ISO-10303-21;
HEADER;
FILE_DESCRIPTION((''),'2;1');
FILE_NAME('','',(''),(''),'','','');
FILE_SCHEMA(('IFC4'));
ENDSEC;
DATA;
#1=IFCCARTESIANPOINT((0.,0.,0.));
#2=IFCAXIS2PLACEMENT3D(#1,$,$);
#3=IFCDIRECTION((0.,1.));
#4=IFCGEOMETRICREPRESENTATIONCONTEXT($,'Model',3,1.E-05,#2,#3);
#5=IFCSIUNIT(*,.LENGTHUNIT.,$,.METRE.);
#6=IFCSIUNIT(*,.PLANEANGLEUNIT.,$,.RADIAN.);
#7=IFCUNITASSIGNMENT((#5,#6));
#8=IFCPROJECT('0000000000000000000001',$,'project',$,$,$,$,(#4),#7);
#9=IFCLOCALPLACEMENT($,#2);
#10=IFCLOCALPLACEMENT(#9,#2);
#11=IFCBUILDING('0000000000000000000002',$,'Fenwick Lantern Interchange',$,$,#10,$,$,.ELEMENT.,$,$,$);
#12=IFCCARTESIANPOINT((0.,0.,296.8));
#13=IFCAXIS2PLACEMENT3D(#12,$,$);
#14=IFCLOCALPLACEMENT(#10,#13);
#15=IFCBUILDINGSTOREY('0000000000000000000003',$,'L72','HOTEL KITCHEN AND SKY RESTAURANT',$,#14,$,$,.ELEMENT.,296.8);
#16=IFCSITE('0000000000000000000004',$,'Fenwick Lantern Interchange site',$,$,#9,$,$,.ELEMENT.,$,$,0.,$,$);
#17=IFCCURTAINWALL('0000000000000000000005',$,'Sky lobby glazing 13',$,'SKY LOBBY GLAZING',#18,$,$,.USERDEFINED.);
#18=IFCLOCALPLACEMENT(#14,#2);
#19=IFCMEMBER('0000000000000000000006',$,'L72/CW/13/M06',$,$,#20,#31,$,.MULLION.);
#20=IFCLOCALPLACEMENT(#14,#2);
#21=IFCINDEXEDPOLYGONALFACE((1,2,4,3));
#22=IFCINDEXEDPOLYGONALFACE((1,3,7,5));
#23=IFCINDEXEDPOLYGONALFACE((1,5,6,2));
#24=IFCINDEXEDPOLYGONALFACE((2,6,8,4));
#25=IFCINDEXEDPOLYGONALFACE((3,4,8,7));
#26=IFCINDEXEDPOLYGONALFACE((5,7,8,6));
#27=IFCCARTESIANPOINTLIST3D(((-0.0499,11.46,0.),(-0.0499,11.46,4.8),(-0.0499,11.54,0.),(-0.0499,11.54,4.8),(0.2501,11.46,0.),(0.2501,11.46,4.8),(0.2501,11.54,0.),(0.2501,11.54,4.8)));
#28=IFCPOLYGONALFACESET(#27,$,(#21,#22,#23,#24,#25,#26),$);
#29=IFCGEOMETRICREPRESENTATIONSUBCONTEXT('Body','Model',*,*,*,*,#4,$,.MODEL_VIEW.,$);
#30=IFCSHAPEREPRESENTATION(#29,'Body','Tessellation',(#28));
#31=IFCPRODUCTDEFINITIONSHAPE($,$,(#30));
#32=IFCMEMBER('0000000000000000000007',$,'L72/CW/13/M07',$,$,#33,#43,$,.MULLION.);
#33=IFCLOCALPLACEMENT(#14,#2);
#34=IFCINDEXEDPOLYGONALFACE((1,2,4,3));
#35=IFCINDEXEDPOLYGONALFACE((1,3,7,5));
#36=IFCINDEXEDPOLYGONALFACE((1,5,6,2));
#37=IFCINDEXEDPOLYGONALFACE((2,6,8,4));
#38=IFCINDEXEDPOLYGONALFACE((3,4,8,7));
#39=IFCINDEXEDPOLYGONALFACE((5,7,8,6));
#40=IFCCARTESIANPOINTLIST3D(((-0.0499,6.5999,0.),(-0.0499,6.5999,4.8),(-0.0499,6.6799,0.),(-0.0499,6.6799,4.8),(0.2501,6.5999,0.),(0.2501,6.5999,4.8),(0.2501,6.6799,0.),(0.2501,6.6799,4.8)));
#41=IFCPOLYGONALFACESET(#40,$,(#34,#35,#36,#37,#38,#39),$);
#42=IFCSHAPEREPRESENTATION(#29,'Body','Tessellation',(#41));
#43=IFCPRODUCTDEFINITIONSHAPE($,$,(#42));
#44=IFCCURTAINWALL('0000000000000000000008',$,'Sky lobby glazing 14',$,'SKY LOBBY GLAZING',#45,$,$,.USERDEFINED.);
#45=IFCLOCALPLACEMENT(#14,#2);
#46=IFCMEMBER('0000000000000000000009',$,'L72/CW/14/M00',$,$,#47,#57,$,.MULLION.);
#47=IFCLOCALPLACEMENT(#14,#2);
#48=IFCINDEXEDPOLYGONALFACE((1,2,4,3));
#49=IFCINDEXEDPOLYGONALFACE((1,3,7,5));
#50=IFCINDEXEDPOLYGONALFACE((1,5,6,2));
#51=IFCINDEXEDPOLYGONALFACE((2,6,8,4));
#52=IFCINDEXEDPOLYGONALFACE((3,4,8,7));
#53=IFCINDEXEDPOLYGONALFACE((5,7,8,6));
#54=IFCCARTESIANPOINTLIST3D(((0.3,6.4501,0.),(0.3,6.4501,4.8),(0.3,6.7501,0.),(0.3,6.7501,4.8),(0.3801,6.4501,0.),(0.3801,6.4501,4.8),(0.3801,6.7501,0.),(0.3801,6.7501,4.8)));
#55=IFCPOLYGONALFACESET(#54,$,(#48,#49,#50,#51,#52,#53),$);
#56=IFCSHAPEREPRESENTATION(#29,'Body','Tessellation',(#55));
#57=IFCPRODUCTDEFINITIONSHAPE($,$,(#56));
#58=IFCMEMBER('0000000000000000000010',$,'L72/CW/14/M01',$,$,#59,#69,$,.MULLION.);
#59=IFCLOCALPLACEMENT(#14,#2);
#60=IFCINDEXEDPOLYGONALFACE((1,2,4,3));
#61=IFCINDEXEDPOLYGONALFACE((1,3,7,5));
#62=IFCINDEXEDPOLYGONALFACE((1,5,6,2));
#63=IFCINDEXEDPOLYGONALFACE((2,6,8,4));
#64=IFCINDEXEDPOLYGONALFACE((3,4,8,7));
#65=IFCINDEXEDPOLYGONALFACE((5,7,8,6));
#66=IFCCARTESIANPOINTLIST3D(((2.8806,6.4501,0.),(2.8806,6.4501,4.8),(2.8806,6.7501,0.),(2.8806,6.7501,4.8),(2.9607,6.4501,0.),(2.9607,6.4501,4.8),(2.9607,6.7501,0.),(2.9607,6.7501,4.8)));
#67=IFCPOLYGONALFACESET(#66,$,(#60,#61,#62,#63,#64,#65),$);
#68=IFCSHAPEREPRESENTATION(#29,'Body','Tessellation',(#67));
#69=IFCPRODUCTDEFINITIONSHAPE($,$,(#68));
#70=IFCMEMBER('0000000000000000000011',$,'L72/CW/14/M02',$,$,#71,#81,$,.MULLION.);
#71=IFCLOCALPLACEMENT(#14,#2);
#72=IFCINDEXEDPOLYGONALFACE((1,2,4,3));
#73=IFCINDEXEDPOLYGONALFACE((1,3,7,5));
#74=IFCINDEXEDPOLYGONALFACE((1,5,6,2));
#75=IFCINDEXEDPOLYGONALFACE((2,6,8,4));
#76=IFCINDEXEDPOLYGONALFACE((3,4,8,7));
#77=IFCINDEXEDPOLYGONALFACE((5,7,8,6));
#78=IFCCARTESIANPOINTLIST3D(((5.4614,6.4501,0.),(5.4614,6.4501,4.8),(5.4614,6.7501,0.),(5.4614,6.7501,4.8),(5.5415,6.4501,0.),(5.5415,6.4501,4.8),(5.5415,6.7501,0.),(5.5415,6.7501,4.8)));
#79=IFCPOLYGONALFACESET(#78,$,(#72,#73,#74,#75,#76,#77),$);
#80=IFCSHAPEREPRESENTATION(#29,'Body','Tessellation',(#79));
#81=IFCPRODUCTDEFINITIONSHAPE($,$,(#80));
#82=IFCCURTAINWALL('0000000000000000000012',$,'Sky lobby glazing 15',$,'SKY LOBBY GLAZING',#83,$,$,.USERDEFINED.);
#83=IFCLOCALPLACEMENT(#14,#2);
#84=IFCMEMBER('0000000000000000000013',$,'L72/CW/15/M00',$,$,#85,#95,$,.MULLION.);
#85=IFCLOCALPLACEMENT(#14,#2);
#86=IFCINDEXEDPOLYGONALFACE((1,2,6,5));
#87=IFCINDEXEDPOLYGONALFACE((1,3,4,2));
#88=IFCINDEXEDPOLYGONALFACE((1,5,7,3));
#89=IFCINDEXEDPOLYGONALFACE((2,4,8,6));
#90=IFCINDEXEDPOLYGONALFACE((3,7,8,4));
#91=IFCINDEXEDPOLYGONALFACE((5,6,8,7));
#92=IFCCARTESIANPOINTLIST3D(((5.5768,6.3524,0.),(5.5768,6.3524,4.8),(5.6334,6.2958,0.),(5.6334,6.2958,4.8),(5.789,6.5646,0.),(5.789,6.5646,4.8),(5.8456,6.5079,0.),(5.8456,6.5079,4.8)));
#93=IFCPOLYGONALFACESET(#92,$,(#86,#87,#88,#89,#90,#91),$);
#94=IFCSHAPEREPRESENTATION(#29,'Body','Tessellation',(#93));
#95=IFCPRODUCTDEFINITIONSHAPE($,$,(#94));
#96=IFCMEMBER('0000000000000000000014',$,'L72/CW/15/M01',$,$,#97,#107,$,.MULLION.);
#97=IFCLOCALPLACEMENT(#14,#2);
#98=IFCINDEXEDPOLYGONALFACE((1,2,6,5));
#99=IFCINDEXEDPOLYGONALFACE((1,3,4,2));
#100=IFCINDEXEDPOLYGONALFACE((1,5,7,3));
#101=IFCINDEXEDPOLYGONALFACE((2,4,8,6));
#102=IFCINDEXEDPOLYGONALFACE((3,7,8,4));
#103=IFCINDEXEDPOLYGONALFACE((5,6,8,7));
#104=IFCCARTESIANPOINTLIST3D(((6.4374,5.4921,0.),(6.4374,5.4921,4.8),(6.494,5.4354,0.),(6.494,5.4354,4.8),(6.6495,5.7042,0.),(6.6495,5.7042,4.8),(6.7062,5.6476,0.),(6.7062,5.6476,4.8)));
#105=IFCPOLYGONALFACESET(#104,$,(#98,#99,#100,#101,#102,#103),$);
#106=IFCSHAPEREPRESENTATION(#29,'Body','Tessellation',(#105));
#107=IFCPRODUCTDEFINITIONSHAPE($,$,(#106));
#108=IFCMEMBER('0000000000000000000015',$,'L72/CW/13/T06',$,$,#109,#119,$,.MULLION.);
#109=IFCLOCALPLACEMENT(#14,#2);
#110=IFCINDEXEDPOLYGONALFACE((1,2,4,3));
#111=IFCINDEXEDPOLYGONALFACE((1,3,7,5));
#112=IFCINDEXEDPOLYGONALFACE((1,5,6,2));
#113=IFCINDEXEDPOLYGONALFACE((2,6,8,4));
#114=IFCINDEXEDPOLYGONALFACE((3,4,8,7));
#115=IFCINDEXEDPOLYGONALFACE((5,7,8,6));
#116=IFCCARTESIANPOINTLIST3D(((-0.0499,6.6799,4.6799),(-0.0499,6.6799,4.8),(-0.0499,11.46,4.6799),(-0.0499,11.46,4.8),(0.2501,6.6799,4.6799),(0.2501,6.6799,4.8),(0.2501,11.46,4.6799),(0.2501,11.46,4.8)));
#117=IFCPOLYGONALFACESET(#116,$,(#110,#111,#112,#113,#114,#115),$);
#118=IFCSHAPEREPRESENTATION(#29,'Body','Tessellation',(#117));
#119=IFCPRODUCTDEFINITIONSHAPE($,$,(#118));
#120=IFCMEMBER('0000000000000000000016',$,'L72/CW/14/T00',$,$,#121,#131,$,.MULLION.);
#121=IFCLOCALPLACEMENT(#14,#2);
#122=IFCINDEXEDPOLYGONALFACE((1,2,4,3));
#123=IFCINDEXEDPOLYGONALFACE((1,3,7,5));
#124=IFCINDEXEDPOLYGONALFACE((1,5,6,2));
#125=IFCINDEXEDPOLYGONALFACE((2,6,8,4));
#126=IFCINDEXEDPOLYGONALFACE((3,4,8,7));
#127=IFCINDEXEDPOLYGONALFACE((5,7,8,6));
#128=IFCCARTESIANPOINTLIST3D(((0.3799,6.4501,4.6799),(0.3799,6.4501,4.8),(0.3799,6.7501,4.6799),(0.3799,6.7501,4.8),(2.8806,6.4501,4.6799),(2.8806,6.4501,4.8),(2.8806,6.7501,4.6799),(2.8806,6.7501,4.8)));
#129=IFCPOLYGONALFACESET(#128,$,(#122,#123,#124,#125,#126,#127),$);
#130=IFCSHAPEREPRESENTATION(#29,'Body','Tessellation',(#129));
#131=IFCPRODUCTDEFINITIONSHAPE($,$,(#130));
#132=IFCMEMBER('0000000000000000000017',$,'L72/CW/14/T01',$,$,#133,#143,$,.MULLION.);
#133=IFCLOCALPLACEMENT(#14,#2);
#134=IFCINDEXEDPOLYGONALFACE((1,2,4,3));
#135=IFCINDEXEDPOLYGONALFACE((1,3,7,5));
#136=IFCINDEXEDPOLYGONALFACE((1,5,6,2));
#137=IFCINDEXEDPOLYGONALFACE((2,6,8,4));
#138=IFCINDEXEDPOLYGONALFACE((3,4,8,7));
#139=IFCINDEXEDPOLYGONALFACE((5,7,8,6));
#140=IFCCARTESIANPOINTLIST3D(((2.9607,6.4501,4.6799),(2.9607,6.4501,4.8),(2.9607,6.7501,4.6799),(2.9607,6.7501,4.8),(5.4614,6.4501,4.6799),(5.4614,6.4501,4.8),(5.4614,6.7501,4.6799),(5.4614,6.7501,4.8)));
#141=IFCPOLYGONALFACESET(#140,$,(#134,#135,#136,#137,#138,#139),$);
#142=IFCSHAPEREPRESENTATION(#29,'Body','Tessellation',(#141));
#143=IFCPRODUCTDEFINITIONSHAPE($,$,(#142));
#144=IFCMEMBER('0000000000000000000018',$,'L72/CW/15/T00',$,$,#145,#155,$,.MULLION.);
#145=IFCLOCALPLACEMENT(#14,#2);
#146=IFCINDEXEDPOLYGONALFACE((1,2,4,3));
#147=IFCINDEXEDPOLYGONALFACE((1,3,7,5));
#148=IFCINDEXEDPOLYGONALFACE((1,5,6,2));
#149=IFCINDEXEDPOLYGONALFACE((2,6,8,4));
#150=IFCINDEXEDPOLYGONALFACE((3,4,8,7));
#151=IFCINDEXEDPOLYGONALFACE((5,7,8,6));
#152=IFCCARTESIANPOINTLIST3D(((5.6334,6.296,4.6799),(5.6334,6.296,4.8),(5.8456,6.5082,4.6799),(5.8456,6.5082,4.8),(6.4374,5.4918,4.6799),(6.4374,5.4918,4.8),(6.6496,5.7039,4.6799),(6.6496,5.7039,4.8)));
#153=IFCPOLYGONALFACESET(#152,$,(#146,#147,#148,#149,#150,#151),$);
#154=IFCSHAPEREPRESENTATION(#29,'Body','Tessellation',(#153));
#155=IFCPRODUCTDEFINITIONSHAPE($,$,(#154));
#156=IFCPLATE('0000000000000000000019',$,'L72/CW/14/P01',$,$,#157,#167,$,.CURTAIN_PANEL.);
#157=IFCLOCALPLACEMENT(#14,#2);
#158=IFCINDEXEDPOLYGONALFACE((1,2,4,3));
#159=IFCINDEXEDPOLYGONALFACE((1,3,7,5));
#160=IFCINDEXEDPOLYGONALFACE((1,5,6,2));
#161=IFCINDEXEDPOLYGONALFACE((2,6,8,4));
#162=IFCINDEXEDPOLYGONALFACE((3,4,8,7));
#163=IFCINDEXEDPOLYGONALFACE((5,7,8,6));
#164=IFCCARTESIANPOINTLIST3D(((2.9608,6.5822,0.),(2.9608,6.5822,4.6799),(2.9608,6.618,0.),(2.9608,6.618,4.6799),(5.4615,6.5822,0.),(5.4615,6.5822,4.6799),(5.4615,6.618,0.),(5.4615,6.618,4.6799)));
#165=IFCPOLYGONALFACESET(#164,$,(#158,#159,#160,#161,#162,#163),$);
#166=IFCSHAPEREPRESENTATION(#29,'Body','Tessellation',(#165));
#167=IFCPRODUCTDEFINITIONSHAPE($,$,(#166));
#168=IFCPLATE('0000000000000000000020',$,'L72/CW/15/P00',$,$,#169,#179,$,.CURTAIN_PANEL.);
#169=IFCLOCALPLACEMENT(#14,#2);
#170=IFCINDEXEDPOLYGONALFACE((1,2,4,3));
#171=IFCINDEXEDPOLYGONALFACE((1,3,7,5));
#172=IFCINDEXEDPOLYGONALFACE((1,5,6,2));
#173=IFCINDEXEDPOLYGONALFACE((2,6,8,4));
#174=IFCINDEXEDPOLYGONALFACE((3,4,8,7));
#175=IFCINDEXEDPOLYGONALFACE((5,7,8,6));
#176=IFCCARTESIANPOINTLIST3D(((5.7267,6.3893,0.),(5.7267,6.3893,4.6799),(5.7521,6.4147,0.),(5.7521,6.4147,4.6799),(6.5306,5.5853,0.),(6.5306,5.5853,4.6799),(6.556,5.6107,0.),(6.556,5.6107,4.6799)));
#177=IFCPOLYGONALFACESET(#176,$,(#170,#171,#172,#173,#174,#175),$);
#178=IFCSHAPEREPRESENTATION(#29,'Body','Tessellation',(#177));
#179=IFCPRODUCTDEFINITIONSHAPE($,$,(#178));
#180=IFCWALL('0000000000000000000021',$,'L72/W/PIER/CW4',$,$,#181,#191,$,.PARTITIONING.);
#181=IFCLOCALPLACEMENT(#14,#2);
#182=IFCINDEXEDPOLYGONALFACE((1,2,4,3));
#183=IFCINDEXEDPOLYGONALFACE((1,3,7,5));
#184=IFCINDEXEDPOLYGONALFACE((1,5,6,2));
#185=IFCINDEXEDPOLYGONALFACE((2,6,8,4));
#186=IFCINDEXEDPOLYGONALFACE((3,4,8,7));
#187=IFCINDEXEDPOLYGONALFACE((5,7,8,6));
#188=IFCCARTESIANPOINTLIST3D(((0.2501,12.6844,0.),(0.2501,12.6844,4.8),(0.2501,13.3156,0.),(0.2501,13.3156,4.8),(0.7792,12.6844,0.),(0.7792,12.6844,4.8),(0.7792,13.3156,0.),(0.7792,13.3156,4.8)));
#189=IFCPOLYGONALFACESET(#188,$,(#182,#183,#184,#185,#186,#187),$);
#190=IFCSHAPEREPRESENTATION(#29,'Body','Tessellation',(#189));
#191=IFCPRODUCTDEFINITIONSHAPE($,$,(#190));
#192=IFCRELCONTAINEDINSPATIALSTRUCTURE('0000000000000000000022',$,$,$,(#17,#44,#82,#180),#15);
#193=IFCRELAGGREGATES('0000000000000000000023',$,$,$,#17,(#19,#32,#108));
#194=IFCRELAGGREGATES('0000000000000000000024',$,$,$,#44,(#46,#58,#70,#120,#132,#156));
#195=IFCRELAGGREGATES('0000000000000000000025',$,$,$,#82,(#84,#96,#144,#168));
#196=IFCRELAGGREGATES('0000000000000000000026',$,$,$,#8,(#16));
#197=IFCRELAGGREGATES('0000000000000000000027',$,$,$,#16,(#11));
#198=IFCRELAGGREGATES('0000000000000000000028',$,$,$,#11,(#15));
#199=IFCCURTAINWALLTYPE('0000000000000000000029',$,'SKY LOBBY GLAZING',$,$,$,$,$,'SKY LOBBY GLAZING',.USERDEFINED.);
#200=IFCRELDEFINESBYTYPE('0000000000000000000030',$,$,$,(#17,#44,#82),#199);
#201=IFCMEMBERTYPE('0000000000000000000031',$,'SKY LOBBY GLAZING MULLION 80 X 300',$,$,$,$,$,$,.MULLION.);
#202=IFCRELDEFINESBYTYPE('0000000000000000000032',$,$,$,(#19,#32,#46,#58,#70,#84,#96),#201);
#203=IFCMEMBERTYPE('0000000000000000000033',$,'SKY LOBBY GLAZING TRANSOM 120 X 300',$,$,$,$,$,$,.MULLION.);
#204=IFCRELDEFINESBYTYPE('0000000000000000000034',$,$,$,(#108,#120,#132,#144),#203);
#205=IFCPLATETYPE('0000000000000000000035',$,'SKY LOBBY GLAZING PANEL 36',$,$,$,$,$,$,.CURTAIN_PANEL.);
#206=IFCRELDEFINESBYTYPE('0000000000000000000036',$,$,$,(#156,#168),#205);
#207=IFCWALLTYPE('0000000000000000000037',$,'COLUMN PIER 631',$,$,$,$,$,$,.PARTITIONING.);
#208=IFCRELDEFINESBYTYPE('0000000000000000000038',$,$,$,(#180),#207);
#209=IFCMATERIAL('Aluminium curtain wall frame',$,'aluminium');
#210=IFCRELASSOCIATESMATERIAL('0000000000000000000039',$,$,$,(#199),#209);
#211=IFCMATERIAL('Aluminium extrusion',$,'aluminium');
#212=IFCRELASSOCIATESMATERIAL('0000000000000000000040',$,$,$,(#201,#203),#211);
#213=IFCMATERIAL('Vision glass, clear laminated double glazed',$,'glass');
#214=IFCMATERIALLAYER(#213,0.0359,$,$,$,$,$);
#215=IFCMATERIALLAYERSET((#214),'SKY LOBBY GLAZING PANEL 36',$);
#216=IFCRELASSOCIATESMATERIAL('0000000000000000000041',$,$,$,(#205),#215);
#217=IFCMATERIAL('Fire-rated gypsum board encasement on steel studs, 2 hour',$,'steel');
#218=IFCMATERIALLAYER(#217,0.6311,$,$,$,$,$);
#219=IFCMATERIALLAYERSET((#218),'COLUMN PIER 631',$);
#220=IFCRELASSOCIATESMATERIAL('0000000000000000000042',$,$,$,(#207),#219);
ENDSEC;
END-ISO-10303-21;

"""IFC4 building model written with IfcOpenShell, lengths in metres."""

from ifc_helpers import new_model, si_unit, direction, frame, frame_2d, origin, origin_2d, place, context, subcontext, project, spatial, rectangle, extrude, material, layer, layer_set, material_profile, profile_set, type_object, element, aggregate, save


model = new_model("IFC4")

# Units and contexts
model_context = context("Model", 3, precision=1e-05, world=origin(), true_north=direction((0.0, 1.0)))
body_context = subcontext(model_context, "Body", "Model", "MODEL_VIEW")
ifc_project = project(units=[si_unit("LENGTHUNIT", "METRE"), si_unit("PLANEANGLEUNIT", "RADIAN")], contexts=[model_context])

# Site, building, storey
site_placement = place(None, origin())
site = spatial("IfcSite", under=ifc_project, at=site_placement, Name="Fenwick Lantern Interchange site", CompositionType="ELEMENT", RefElevation=0.0)
building_placement = place(site_placement, origin())
building = spatial("IfcBuilding", under=site, at=building_placement, Name="Fenwick Lantern Interchange", CompositionType="ELEMENT")
storey_placement = place(building_placement, frame((0.0, 0.0, 296.8)))
storey = spatial("IfcBuildingStorey", under=building, at=storey_placement, Name="L72", Description="HOTEL KITCHEN AND SKY RESTAURANT", CompositionType="ELEMENT", Elevation=296.8)

# Curtain walls, members
ifc_material_1 = material(Name="Aluminium curtain wall frame", Category="aluminium")
curtain_wall_type = type_object("IfcCurtainWallType", Name="SKY LOBBY GLAZING", ElementType="SKY LOBBY GLAZING", PredefinedType="USERDEFINED", material=ifc_material_1)
curtain_wall_1_placement = place(storey_placement, origin())
curtain_wall_1 = element("IfcCurtainWall", 1, at=curtain_wall_1_placement, inside=storey, type_object=curtain_wall_type, Name="Sky lobby glazing 13", ObjectType="SKY LOBBY GLAZING", PredefinedType="USERDEFINED")
ifc_material_2 = material(Name="Aluminium extrusion", Category="aluminium")
ifc_material_profile_1 = material_profile(ifc_material_2, rectangle(XDim=0.3, YDim=0.0801, at=origin_2d()), Name="SKY LOBBY GLAZING MULLION 80 X 300")
ifc_profile_set_1 = profile_set([ifc_material_profile_1], Name="Aluminium extrusion")
member_type_1 = type_object("IfcMemberType", Name="SKY LOBBY GLAZING MULLION 80 X 300", PredefinedType="MULLION", material=ifc_profile_set_1)
member_1_placement = place(storey_placement, frame((0.1001, 11.5, 0.0), z_axis=(0.0, 0.0, 1.0), x_axis=(1.0, 0.0, 0.0)))
member_1 = element("IfcMember", 2, at=member_1_placement, type_object=member_type_1, Name="L72/CW/13/M06", PredefinedType="MULLION", context=body_context, shape_type="SweptSolid", body=[
    extrude(rectangle(XDim=0.3, YDim=0.0801, at=origin_2d()), origin(), (0.0, 0.0, 1.0), 4.8),
])
member_2_placement = place(storey_placement, frame((0.1001, 6.6399, 0.0), z_axis=(0.0, 0.0, 1.0), x_axis=(1.0, 0.0, 0.0)))
member_2 = element("IfcMember", 3, at=member_2_placement, type_object=member_type_1, Name="L72/CW/13/M07", PredefinedType="MULLION", context=body_context, shape_type="SweptSolid", body=[
    extrude(rectangle(XDim=0.3, YDim=0.0801, at=origin_2d()), origin(), (0.0, 0.0, 1.0), 4.8),
])
curtain_wall_2_placement = place(storey_placement, origin())
curtain_wall_2 = element("IfcCurtainWall", 4, at=curtain_wall_2_placement, inside=storey, type_object=curtain_wall_type, Name="Sky lobby glazing 14", ObjectType="SKY LOBBY GLAZING", PredefinedType="USERDEFINED")
member_3_placement = place(storey_placement, frame((0.3401, 6.6001, 0.0), z_axis=(0.0, 0.0, 1.0), x_axis=(0.0, 1.0, 0.0)))
member_3 = element("IfcMember", 5, at=member_3_placement, type_object=member_type_1, Name="L72/CW/14/M00", PredefinedType="MULLION", context=body_context, shape_type="SweptSolid", body=[
    extrude(rectangle(XDim=0.3, YDim=0.0801, at=origin_2d()), origin(), (0.0, 0.0, 1.0), 4.8),
])
member_4_placement = place(storey_placement, frame((2.9207, 6.6001, 0.0), z_axis=(0.0, 0.0, 1.0), x_axis=(0.0, 1.0, 0.0)))
member_4 = element("IfcMember", 6, at=member_4_placement, type_object=member_type_1, Name="L72/CW/14/M01", PredefinedType="MULLION", context=body_context, shape_type="SweptSolid", body=[
    extrude(rectangle(XDim=0.3, YDim=0.0801, at=origin_2d()), origin(), (0.0, 0.0, 1.0), 4.8),
])
member_5_placement = place(storey_placement, frame((5.5015, 6.6001, 0.0), z_axis=(0.0, 0.0, 1.0), x_axis=(0.0, 1.0, 0.0)))
member_5 = element("IfcMember", 7, at=member_5_placement, type_object=member_type_1, Name="L72/CW/14/M02", PredefinedType="MULLION", context=body_context, shape_type="SweptSolid", body=[
    extrude(rectangle(XDim=0.3, YDim=0.0801, at=origin_2d()), origin(), (0.0, 0.0, 1.0), 4.8),
])
curtain_wall_3_placement = place(storey_placement, origin())
curtain_wall_3 = element("IfcCurtainWall", 8, at=curtain_wall_3_placement, inside=storey, type_object=curtain_wall_type, Name="Sky lobby glazing 15", ObjectType="SKY LOBBY GLAZING", PredefinedType="USERDEFINED")
member_6_placement = place(storey_placement, frame((5.7112, 6.4302, 0.0), z_axis=(0.0, 0.0, 1.0), x_axis=(0.707107, 0.707107, 0.0)))
member_6 = element("IfcMember", 9, at=member_6_placement, type_object=member_type_1, Name="L72/CW/15/M00", PredefinedType="MULLION", context=body_context, shape_type="SweptSolid", body=[
    extrude(rectangle(XDim=0.3, YDim=0.0801, at=origin_2d()), origin(), (0.0, 0.0, 1.0), 4.8),
])
member_7_placement = place(storey_placement, frame((6.5718, 5.5698, 0.0), z_axis=(0.0, 0.0, 1.0), x_axis=(0.707107, 0.707107, 0.0)))
member_7 = element("IfcMember", 10, at=member_7_placement, type_object=member_type_1, Name="L72/CW/15/M01", PredefinedType="MULLION", context=body_context, shape_type="SweptSolid", body=[
    extrude(rectangle(XDim=0.3, YDim=0.0801, at=origin_2d()), origin(), (0.0, 0.0, 1.0), 4.8),
])

# Members
ifc_material_profile_2 = material_profile(ifc_material_2, rectangle(XDim=0.3, YDim=0.1201, at=origin_2d()), Name="SKY LOBBY GLAZING TRANSOM 120 X 300")
ifc_profile_set_2 = profile_set([ifc_material_profile_2], Name="Aluminium extrusion")
member_type_2 = type_object("IfcMemberType", Name="SKY LOBBY GLAZING TRANSOM 120 X 300", PredefinedType="MULLION", material=ifc_profile_set_2)
member_8_placement = place(storey_placement, frame((0.1001, 11.46, 4.74), z_axis=(0.0, -1.0, 0.0), x_axis=(1.0, 0.0, 0.0)))
member_8 = element("IfcMember", 11, at=member_8_placement, type_object=member_type_2, Name="L72/CW/13/T06", PredefinedType="MULLION", context=body_context, shape_type="SweptSolid", body=[
    extrude(rectangle(XDim=0.3, YDim=0.1201, at=origin_2d()), origin(), (0.0, 0.0, 1.0), 4.78),
])
aggregate(curtain_wall_1, [member_1, member_2, member_8])
member_9_placement = place(storey_placement, frame((0.3799, 6.6001, 4.74), z_axis=(1.0, 0.0, 0.0), x_axis=(0.0, 1.0, 0.0)))
member_9 = element("IfcMember", 12, at=member_9_placement, type_object=member_type_2, Name="L72/CW/14/T00", PredefinedType="MULLION", context=body_context, shape_type="SweptSolid", body=[
    extrude(rectangle(XDim=0.3, YDim=0.1201, at=origin_2d()), origin(), (0.0, 0.0, 1.0), 2.5007),
])
member_10_placement = place(storey_placement, frame((2.9607, 6.6001, 4.74), z_axis=(1.0, 0.0, 0.0), x_axis=(0.0, 1.0, 0.0)))
member_10 = element("IfcMember", 13, at=member_10_placement, type_object=member_type_2, Name="L72/CW/14/T01", PredefinedType="MULLION", context=body_context, shape_type="SweptSolid", body=[
    extrude(rectangle(XDim=0.3, YDim=0.1201, at=origin_2d()), origin(), (0.0, 0.0, 1.0), 2.5007),
])
member_11_placement = place(storey_placement, frame((5.7395, 6.4021, 4.74), z_axis=(0.706999, -0.707214, 0.0), x_axis=(0.707214, 0.706999, 0.0)))
member_11 = element("IfcMember", 14, at=member_11_placement, type_object=member_type_2, Name="L72/CW/15/T00", PredefinedType="MULLION", context=body_context, shape_type="SweptSolid", body=[
    extrude(rectangle(XDim=0.3, YDim=0.1201, at=origin_2d()), origin(), (0.0, 0.0, 1.0), 1.1372),
])

# Shared definitions
ifc_material_3 = material(Name="Vision glass, clear laminated double glazed", Category="glass")
ifc_layer_1 = layer(ifc_material_3, 0.0359)
ifc_layer_set_1 = layer_set([ifc_layer_1], Name="SKY LOBBY GLAZING PANEL 36")
plate_type = type_object("IfcPlateType", Name="SKY LOBBY GLAZING PANEL 36", PredefinedType="CURTAIN_PANEL", material=ifc_layer_set_1)

# Plates
plate_1_placement = place(storey_placement, frame((4.2112, 6.6001, 0.0), z_axis=(0.0, 0.0, 1.0), x_axis=(1.0, 0.0, 0.0)))
plate_1 = element("IfcPlate", 15, at=plate_1_placement, type_object=plate_type, Name="L72/CW/14/P01", PredefinedType="CURTAIN_PANEL", context=body_context, shape_type="SweptSolid", body=[
    extrude(rectangle(XDim=2.5007, YDim=0.0359, at=origin_2d()), origin(), (0.0, 0.0, 1.0), 4.6799),
])
aggregate(curtain_wall_2, [member_3, member_4, member_5, member_9, member_10, plate_1])
plate_2_placement = place(storey_placement, frame((6.1414, 6.0, 0.0), z_axis=(0.0, 0.0, 1.0), x_axis=(0.707107, -0.707107, 0.0)))
plate_2 = element("IfcPlate", 16, at=plate_2_placement, type_object=plate_type, Name="L72/CW/15/P00", PredefinedType="CURTAIN_PANEL", context=body_context, shape_type="SweptSolid", body=[
    extrude(rectangle(XDim=1.137, YDim=0.0359, at=origin_2d()), origin(), (0.0, 0.0, 1.0), 4.6799),
])
aggregate(curtain_wall_3, [member_6, member_7, member_11, plate_2])

# Wall
ifc_material_4 = material(Name="Fire-rated gypsum board encasement on steel studs, 2 hour", Category="steel")
ifc_layer_2 = layer(ifc_material_4, 0.6311)
ifc_layer_set_2 = layer_set([ifc_layer_2], Name="COLUMN PIER 631")
wall_type_1 = type_object("IfcWallType", Name="COLUMN PIER 631", PredefinedType="PARTITIONING", material=ifc_layer_set_2)
wall_1_placement = place(storey_placement, frame((0.25, 13.0, 0.0), z_axis=(0.0, 0.0, 1.0), x_axis=(1.0, 0.0, 0.0)))
element("IfcWall", 17, at=wall_1_placement, inside=storey, type_object=wall_type_1, Name="L72/W/PIER/CW4", PredefinedType="PARTITIONING", context=body_context, shape_type="SweptSolid", body=[
    extrude(rectangle(XDim=0.5291, YDim=0.6311, at=frame_2d((0.2646, 0.0))), origin(), (0.0, 0.0, 1.0), 4.8),
])

save(model, "model.ifc")
